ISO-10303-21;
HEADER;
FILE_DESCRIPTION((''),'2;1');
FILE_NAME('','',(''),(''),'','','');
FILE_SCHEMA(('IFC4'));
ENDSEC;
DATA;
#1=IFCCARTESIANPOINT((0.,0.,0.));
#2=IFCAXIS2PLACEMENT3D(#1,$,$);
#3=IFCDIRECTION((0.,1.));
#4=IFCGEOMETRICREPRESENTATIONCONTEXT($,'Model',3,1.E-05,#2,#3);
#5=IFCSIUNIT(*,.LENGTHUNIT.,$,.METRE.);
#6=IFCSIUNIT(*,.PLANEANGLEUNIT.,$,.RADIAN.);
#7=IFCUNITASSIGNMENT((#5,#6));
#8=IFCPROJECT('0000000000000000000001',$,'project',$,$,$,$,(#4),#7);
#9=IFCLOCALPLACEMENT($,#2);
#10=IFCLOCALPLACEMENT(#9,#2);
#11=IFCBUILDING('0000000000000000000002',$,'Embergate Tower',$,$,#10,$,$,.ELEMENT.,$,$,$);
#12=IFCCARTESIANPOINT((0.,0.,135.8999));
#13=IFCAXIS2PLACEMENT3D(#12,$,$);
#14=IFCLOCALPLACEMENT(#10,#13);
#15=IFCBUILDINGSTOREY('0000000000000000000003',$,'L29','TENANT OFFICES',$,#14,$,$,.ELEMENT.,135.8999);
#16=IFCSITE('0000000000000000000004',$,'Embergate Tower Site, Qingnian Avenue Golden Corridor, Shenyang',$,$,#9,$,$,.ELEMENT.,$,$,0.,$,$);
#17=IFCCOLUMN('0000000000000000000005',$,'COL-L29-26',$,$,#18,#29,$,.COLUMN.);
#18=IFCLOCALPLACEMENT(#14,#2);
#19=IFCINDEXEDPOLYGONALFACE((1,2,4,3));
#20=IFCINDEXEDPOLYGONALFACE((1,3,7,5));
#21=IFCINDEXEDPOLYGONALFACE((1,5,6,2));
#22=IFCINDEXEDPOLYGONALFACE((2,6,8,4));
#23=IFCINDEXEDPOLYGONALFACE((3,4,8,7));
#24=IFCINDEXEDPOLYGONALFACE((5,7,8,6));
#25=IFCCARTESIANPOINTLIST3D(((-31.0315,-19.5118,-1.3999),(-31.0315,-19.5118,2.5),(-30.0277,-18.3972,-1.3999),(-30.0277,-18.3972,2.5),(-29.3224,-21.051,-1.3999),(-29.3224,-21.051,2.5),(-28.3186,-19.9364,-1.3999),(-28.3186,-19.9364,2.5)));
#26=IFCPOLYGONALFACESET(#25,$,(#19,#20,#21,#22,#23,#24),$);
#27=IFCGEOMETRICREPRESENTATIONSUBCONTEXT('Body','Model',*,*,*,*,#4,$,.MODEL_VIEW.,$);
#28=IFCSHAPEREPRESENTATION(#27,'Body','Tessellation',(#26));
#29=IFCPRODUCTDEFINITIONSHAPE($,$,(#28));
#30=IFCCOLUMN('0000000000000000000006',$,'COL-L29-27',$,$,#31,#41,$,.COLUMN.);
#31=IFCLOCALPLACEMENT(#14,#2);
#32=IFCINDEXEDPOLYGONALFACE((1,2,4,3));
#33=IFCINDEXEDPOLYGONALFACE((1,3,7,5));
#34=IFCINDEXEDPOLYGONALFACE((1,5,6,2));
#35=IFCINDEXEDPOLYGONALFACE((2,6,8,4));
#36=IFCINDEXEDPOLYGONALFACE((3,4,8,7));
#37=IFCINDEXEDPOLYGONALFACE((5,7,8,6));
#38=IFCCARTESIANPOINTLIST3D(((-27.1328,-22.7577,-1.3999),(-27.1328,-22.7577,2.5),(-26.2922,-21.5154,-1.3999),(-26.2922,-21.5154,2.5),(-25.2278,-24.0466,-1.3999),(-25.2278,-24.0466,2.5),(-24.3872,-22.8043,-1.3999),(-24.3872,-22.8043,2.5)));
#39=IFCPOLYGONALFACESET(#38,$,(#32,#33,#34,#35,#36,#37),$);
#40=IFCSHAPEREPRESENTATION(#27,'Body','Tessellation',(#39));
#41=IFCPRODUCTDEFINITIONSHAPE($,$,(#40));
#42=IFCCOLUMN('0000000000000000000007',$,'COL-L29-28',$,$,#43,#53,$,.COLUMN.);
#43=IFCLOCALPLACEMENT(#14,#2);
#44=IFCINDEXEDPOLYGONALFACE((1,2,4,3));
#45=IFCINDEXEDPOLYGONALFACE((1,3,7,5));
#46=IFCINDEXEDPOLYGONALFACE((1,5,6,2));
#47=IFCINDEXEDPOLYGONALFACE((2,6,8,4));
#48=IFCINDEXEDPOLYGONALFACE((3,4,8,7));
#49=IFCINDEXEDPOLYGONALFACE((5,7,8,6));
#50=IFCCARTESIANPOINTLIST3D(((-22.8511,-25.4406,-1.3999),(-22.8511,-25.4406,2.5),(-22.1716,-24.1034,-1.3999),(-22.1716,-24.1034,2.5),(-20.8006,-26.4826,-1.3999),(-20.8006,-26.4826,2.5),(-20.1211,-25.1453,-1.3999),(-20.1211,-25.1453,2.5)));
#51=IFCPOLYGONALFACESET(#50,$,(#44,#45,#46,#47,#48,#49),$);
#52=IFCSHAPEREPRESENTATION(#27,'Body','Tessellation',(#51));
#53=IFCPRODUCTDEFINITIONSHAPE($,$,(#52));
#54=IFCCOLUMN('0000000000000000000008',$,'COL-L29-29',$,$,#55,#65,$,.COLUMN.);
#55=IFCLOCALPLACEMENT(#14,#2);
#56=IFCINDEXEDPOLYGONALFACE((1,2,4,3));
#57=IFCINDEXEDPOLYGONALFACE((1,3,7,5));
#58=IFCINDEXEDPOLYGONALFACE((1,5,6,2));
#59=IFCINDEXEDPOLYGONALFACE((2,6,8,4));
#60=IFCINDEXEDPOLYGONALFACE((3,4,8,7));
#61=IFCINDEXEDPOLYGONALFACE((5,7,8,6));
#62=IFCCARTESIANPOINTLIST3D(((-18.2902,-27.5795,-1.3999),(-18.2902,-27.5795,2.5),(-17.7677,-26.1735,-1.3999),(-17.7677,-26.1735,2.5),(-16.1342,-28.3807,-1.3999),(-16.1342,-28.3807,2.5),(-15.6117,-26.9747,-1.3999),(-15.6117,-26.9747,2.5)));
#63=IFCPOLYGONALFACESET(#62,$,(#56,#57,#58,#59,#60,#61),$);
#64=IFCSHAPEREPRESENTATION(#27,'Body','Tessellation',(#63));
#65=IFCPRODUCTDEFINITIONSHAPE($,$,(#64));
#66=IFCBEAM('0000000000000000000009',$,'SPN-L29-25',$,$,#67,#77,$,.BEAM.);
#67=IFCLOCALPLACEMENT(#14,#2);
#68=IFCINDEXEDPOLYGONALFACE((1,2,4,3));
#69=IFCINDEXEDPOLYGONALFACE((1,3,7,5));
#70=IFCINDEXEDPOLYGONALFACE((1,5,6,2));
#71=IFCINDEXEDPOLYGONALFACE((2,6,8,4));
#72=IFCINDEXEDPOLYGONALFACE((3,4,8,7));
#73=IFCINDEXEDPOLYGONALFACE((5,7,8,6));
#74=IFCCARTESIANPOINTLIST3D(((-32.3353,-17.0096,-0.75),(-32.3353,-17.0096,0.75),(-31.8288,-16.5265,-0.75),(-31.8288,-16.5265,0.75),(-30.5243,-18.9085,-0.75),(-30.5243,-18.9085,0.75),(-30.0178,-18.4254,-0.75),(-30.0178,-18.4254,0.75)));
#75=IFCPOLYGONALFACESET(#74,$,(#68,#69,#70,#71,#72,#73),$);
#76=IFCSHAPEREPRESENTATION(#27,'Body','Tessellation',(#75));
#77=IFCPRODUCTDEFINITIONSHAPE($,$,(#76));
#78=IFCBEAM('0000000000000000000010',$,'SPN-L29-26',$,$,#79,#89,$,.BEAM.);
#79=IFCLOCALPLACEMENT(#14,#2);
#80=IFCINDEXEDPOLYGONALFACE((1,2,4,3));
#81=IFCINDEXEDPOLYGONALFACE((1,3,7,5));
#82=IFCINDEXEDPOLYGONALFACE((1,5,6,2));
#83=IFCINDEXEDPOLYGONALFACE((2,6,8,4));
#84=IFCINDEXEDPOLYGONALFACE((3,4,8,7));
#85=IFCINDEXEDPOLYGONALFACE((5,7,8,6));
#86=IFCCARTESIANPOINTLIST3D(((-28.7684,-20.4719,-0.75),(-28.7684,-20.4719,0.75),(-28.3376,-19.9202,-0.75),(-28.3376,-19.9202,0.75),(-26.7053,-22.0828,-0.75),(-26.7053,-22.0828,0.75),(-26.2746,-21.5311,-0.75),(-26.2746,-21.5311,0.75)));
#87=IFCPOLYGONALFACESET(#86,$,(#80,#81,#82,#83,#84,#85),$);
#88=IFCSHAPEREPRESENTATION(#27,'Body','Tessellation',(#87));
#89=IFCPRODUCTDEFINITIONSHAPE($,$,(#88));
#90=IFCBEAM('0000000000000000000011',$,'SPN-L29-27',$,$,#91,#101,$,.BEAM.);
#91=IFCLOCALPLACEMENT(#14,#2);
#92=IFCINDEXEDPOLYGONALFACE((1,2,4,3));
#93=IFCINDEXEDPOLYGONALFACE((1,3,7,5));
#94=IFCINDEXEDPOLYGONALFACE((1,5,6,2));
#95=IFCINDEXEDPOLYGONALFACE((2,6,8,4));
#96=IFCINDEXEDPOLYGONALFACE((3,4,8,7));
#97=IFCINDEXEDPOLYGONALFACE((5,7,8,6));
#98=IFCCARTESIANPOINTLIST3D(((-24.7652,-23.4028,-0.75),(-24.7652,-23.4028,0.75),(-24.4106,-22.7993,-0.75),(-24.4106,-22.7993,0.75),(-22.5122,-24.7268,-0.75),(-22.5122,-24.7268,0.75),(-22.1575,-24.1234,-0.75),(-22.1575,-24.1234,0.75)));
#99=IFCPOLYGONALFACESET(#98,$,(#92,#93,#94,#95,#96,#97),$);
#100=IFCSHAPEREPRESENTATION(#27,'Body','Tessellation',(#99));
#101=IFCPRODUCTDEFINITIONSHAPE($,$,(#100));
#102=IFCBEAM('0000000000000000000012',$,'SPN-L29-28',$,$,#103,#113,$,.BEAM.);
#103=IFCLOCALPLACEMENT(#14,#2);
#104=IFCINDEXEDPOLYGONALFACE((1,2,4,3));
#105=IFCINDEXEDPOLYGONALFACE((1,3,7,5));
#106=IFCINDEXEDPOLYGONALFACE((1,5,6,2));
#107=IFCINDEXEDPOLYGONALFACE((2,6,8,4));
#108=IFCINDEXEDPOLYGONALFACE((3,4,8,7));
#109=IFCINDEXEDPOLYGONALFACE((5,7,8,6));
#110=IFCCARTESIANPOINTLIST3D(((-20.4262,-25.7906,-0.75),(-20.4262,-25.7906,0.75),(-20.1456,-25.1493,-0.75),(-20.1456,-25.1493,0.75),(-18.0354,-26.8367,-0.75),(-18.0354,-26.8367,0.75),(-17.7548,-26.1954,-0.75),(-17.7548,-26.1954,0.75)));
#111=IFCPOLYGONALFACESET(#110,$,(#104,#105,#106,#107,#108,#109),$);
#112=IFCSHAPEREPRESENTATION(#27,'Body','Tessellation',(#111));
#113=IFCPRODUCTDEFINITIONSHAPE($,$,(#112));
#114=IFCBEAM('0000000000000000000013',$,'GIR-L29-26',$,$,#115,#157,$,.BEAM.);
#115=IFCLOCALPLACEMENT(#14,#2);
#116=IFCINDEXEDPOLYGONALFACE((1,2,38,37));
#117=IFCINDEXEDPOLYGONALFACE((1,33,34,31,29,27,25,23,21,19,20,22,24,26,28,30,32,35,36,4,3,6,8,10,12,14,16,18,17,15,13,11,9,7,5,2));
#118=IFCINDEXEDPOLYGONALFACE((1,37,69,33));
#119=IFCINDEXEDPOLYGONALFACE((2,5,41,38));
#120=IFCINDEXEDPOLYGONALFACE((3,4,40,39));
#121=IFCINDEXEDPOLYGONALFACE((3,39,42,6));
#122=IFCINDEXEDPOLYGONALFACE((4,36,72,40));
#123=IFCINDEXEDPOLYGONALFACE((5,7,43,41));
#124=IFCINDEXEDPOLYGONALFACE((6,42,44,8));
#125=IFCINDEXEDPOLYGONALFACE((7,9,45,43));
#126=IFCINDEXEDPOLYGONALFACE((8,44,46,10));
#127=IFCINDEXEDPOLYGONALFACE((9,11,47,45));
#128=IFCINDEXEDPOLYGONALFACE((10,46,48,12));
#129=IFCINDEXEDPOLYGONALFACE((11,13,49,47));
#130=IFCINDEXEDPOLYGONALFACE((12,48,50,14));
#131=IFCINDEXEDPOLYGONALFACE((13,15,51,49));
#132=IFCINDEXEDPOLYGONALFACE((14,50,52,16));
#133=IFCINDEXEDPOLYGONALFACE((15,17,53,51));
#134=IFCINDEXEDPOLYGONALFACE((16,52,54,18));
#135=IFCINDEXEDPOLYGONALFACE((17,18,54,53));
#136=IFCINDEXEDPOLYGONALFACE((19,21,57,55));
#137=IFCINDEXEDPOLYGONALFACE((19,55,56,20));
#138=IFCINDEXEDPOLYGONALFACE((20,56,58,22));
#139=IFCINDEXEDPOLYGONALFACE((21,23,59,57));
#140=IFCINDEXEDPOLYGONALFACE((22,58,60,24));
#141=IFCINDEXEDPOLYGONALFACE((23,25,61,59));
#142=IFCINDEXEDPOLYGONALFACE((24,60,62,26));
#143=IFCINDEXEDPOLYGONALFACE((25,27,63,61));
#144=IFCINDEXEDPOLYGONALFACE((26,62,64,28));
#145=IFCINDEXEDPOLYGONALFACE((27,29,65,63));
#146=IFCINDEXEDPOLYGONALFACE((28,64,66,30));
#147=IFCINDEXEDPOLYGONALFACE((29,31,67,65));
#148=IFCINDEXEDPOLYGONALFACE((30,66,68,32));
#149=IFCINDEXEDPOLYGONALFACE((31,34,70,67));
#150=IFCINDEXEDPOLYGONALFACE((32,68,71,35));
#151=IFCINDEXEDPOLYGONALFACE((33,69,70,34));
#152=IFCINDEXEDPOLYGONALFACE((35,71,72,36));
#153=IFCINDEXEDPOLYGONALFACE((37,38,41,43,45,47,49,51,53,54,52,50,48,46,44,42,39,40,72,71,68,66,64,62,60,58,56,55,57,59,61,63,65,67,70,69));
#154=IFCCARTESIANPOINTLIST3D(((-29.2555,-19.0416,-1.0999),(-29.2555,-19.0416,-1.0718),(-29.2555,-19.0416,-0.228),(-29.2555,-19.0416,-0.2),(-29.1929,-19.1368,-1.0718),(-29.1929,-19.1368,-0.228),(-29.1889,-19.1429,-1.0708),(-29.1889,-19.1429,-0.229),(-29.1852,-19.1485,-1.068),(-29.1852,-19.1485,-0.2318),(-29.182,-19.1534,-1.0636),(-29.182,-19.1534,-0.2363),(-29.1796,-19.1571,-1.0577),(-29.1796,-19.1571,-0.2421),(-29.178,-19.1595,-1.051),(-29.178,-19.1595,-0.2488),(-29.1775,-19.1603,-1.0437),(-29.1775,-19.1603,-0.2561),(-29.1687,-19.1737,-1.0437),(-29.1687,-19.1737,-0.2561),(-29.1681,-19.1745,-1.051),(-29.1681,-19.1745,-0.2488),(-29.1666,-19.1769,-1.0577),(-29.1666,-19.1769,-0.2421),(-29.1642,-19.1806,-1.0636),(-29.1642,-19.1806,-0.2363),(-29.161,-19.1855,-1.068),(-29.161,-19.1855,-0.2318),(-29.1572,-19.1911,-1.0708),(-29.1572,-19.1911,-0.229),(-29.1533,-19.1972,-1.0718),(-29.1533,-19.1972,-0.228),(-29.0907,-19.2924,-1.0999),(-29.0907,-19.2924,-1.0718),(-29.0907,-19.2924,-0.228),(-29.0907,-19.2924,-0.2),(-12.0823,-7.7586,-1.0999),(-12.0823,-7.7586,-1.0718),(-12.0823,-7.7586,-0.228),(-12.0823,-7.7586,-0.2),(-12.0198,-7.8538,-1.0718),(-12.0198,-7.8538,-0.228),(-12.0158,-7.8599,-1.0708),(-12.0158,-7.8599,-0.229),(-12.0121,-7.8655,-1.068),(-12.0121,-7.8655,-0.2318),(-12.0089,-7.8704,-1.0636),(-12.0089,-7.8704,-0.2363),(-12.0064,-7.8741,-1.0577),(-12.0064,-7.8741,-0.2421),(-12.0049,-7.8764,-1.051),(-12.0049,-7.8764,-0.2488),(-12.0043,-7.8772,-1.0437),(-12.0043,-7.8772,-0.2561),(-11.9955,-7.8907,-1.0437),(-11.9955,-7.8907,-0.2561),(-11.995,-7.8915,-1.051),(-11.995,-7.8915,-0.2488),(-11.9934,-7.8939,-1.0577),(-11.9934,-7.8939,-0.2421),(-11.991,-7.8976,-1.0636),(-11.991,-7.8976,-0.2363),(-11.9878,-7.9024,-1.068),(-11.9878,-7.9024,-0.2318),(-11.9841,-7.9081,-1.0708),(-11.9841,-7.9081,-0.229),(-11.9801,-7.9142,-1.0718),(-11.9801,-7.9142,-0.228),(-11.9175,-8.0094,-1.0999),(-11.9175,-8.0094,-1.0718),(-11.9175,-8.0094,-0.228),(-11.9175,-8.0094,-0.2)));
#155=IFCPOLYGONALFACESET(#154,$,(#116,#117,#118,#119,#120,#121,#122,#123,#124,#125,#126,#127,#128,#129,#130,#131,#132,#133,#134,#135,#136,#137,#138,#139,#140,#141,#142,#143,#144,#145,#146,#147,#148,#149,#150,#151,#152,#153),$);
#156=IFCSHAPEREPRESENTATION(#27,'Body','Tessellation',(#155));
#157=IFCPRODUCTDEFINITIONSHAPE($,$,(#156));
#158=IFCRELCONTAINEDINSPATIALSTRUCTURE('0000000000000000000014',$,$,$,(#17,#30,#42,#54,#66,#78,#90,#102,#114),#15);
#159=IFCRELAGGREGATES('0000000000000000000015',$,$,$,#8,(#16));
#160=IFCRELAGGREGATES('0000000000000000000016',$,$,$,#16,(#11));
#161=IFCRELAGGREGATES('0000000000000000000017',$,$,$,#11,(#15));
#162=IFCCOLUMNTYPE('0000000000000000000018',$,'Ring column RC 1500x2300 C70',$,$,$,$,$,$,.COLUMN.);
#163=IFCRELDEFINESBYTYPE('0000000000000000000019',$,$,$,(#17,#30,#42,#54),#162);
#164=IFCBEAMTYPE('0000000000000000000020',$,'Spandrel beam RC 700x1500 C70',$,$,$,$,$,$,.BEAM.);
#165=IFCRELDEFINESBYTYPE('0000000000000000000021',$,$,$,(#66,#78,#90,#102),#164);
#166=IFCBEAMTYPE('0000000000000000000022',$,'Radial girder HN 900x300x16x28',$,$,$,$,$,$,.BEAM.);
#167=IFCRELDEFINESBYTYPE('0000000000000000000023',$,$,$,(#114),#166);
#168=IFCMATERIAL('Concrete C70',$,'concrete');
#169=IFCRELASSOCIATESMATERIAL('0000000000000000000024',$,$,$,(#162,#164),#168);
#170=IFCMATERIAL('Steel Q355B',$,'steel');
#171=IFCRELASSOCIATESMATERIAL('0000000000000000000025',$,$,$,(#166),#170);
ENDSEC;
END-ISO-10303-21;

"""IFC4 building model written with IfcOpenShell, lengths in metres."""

from ifc_helpers import new_model, si_unit, direction, frame, origin, origin_2d, place, context, subcontext, project, spatial, rectangle, i_section, extrude, source, transform, mapped, material, material_profile, profile_set, type_object, element, save


model = new_model("IFC4")

# Units and contexts
model_context = context("Model", 3, precision=1e-05, world=origin(), true_north=direction((0.0, 1.0)))
body_context = subcontext(model_context, "Body", "Model", "MODEL_VIEW")
ifc_project = project(units=[si_unit("LENGTHUNIT", "METRE"), si_unit("PLANEANGLEUNIT", "RADIAN")], contexts=[model_context])

# Site, building, storey
site_placement = place(None, origin())
site = spatial("IfcSite", under=ifc_project, at=site_placement, Name="Embergate Tower Site, Qingnian Avenue Golden Corridor, Shenyang", CompositionType="ELEMENT", RefElevation=0.0)
building_placement = place(site_placement, origin())
building = spatial("IfcBuilding", under=site, at=building_placement, Name="Embergate Tower", CompositionType="ELEMENT")
storey_placement = place(building_placement, frame((0.0, 0.0, 135.8999)))
storey = spatial("IfcBuildingStorey", under=building, at=storey_placement, Name="L29", Description="TENANT OFFICES", CompositionType="ELEMENT", Elevation=135.8999)

# Columns
ifc_material_1 = material(Name="Concrete C70", Category="concrete")
ifc_material_profile_1 = material_profile(ifc_material_1, rectangle(XDim=1.5, YDim=2.3, at=origin_2d()), Name="RC 1500x2300")
ifc_profile_set_1 = profile_set([ifc_material_profile_1], Name="Concrete C70")
column_type = type_object("IfcColumnType", Name="Ring column RC 1500x2300 C70", PredefinedType="COLUMN", material=ifc_profile_set_1)
shared_shape_1 = source(origin(), body_context, "Body", "SweptSolid", [
    extrude(rectangle(XDim=1.5, YDim=2.3, at=origin_2d()), origin(), (0.0, 0.0, 1.0), 3.8999),
])
for number, where, z_axis, x_axis, name in (
    (1, (-29.675, -19.7241, -1.3999), (0.0, 0.0, 1.0), (-0.669208, -0.743075, 0.0), "COL-L29-26"),
    (2, (-25.76, -22.781, -1.3999), (0.0, 0.0, 1.0), (-0.560393, -0.828227, 0.0), "COL-L29-27"),
    (3, (-21.4861, -25.293, -1.3999), (0.0, 0.0, 1.0), (-0.452995, -0.891513, 0.0), "COL-L29-28"),
    (4, (-16.9509, -27.2771, -1.3999), (0.0, 0.0, 1.0), (-0.348343, -0.937367, 0.0), "COL-L29-29"),
):
    element("IfcColumn", number, at=place(storey_placement, frame(where, z_axis=z_axis, x_axis=x_axis)), inside=storey, type_object=column_type, Name=name, PredefinedType="COLUMN", context=body_context, shape_type="MappedRepresentation", body=[
        mapped(shared_shape_1, transform((0.0, 0.0, 0.0))),
    ])

# Beams
ifc_material_profile_2 = material_profile(ifc_material_1, rectangle(XDim=0.7, YDim=1.5, at=origin_2d()), Name="RC 700x1500")
ifc_profile_set_2 = profile_set([ifc_material_profile_2], Name="Concrete C70")
beam_type_1 = type_object("IfcBeamType", Name="Spandrel beam RC 700x1500 C70", PredefinedType="BEAM", material=ifc_profile_set_2)
shared_shape_2 = source(origin(), body_context, "Body", "SweptSolid", [
    extrude(rectangle(XDim=0.7, YDim=1.5, at=origin_2d()), origin(), (0.0, 0.0, 1.0), 2.624),
])
beam_1_placement = place(storey_placement, frame((-32.082, -16.7681, 0.0), z_axis=(0.690161, -0.723655, 0.0), x_axis=(0.723655, 0.690161, 0.0)))
element("IfcBeam", 5, at=beam_1_placement, inside=storey, type_object=beam_type_1, Name="SPN-L29-25", PredefinedType="BEAM", context=body_context, shape_type="MappedRepresentation", body=[
    mapped(shared_shape_2, transform((0.0, 0.0, 0.0))),
])
shared_shape_3 = source(origin(), body_context, "Body", "SweptSolid", [
    extrude(rectangle(XDim=0.7, YDim=1.5, at=origin_2d()), origin(), (0.0, 0.0, 1.0), 2.6174),
])
beam_2_placement = place(storey_placement, frame((-28.553, -20.196, 0.0), z_axis=(0.788186, -0.615438, 0.0), x_axis=(0.615438, 0.788186, 0.0)))
element("IfcBeam", 6, at=beam_2_placement, inside=storey, type_object=beam_type_1, Name="SPN-L29-26", PredefinedType="BEAM", context=body_context, shape_type="MappedRepresentation", body=[
    mapped(shared_shape_3, transform((0.0, 0.0, 0.0))),
])
shared_shape_4 = source(origin(), body_context, "Body", "SweptSolid", [
    extrude(rectangle(XDim=0.7, YDim=1.5, at=origin_2d()), origin(), (0.0, 0.0, 1.0), 2.6133),
])
beam_3_placement = place(storey_placement, frame((-24.5879, -23.1011, 0.0), z_axis=(0.862148, -0.506657, 0.0), x_axis=(0.506657, 0.862148, 0.0)))
element("IfcBeam", 7, at=beam_3_placement, inside=storey, type_object=beam_type_1, Name="SPN-L29-27", PredefinedType="BEAM", context=body_context, shape_type="MappedRepresentation", body=[
    mapped(shared_shape_4, transform((0.0, 0.0, 0.0))),
])
shared_shape_5 = source(origin(), body_context, "Body", "SweptSolid", [
    extrude(rectangle(XDim=0.7, YDim=1.5, at=origin_2d()), origin(), (0.0, 0.0, 1.0), 2.6096),
])
beam_4_placement = place(storey_placement, frame((-20.2859, -25.47, 0.0), z_axis=(0.916138, -0.400863, 0.0), x_axis=(0.400863, 0.916138, 0.0)))
element("IfcBeam", 8, at=beam_4_placement, inside=storey, type_object=beam_type_1, Name="SPN-L29-28", PredefinedType="BEAM", context=body_context, shape_type="MappedRepresentation", body=[
    mapped(shared_shape_5, transform((0.0, 0.0, 0.0))),
])
ifc_material_2 = material(Name="Steel Q355B", Category="steel")
ifc_material_profile_3 = material_profile(ifc_material_2, i_section(OverallWidth=0.3, OverallDepth=0.8999, WebThickness=0.0161, FlangeThickness=0.0281, FilletRadius=0.0281, at=origin_2d()), Name="HN 900x300x16x28")
ifc_profile_set_3 = profile_set([ifc_material_profile_3], Name="Steel Q355 grade B")
beam_type_2 = type_object("IfcBeamType", Name="Radial girder HN 900x300x16x28", PredefinedType="BEAM", material=ifc_profile_set_3)
shared_shape_6 = source(origin(), body_context, "Body", "SweptSolid", [
    extrude(i_section(OverallWidth=0.3, OverallDepth=0.8999, WebThickness=0.0161, FlangeThickness=0.0281, FilletRadius=0.0281, at=origin_2d()), origin(), (0.0, 0.0, 1.0), 20.5481),
])
beam_5_placement = place(storey_placement, frame((-29.1731, -19.167, -0.6499), z_axis=(0.835755, 0.549102, 0.0), x_axis=(-0.549102, 0.835755, 0.0)))
element("IfcBeam", 9, at=beam_5_placement, inside=storey, type_object=beam_type_2, Name="GIR-L29-26", PredefinedType="BEAM", context=body_context, shape_type="MappedRepresentation", body=[
    mapped(shared_shape_6, transform((0.0, 0.0, 0.0))),
])

save(model, "model.ifc")
